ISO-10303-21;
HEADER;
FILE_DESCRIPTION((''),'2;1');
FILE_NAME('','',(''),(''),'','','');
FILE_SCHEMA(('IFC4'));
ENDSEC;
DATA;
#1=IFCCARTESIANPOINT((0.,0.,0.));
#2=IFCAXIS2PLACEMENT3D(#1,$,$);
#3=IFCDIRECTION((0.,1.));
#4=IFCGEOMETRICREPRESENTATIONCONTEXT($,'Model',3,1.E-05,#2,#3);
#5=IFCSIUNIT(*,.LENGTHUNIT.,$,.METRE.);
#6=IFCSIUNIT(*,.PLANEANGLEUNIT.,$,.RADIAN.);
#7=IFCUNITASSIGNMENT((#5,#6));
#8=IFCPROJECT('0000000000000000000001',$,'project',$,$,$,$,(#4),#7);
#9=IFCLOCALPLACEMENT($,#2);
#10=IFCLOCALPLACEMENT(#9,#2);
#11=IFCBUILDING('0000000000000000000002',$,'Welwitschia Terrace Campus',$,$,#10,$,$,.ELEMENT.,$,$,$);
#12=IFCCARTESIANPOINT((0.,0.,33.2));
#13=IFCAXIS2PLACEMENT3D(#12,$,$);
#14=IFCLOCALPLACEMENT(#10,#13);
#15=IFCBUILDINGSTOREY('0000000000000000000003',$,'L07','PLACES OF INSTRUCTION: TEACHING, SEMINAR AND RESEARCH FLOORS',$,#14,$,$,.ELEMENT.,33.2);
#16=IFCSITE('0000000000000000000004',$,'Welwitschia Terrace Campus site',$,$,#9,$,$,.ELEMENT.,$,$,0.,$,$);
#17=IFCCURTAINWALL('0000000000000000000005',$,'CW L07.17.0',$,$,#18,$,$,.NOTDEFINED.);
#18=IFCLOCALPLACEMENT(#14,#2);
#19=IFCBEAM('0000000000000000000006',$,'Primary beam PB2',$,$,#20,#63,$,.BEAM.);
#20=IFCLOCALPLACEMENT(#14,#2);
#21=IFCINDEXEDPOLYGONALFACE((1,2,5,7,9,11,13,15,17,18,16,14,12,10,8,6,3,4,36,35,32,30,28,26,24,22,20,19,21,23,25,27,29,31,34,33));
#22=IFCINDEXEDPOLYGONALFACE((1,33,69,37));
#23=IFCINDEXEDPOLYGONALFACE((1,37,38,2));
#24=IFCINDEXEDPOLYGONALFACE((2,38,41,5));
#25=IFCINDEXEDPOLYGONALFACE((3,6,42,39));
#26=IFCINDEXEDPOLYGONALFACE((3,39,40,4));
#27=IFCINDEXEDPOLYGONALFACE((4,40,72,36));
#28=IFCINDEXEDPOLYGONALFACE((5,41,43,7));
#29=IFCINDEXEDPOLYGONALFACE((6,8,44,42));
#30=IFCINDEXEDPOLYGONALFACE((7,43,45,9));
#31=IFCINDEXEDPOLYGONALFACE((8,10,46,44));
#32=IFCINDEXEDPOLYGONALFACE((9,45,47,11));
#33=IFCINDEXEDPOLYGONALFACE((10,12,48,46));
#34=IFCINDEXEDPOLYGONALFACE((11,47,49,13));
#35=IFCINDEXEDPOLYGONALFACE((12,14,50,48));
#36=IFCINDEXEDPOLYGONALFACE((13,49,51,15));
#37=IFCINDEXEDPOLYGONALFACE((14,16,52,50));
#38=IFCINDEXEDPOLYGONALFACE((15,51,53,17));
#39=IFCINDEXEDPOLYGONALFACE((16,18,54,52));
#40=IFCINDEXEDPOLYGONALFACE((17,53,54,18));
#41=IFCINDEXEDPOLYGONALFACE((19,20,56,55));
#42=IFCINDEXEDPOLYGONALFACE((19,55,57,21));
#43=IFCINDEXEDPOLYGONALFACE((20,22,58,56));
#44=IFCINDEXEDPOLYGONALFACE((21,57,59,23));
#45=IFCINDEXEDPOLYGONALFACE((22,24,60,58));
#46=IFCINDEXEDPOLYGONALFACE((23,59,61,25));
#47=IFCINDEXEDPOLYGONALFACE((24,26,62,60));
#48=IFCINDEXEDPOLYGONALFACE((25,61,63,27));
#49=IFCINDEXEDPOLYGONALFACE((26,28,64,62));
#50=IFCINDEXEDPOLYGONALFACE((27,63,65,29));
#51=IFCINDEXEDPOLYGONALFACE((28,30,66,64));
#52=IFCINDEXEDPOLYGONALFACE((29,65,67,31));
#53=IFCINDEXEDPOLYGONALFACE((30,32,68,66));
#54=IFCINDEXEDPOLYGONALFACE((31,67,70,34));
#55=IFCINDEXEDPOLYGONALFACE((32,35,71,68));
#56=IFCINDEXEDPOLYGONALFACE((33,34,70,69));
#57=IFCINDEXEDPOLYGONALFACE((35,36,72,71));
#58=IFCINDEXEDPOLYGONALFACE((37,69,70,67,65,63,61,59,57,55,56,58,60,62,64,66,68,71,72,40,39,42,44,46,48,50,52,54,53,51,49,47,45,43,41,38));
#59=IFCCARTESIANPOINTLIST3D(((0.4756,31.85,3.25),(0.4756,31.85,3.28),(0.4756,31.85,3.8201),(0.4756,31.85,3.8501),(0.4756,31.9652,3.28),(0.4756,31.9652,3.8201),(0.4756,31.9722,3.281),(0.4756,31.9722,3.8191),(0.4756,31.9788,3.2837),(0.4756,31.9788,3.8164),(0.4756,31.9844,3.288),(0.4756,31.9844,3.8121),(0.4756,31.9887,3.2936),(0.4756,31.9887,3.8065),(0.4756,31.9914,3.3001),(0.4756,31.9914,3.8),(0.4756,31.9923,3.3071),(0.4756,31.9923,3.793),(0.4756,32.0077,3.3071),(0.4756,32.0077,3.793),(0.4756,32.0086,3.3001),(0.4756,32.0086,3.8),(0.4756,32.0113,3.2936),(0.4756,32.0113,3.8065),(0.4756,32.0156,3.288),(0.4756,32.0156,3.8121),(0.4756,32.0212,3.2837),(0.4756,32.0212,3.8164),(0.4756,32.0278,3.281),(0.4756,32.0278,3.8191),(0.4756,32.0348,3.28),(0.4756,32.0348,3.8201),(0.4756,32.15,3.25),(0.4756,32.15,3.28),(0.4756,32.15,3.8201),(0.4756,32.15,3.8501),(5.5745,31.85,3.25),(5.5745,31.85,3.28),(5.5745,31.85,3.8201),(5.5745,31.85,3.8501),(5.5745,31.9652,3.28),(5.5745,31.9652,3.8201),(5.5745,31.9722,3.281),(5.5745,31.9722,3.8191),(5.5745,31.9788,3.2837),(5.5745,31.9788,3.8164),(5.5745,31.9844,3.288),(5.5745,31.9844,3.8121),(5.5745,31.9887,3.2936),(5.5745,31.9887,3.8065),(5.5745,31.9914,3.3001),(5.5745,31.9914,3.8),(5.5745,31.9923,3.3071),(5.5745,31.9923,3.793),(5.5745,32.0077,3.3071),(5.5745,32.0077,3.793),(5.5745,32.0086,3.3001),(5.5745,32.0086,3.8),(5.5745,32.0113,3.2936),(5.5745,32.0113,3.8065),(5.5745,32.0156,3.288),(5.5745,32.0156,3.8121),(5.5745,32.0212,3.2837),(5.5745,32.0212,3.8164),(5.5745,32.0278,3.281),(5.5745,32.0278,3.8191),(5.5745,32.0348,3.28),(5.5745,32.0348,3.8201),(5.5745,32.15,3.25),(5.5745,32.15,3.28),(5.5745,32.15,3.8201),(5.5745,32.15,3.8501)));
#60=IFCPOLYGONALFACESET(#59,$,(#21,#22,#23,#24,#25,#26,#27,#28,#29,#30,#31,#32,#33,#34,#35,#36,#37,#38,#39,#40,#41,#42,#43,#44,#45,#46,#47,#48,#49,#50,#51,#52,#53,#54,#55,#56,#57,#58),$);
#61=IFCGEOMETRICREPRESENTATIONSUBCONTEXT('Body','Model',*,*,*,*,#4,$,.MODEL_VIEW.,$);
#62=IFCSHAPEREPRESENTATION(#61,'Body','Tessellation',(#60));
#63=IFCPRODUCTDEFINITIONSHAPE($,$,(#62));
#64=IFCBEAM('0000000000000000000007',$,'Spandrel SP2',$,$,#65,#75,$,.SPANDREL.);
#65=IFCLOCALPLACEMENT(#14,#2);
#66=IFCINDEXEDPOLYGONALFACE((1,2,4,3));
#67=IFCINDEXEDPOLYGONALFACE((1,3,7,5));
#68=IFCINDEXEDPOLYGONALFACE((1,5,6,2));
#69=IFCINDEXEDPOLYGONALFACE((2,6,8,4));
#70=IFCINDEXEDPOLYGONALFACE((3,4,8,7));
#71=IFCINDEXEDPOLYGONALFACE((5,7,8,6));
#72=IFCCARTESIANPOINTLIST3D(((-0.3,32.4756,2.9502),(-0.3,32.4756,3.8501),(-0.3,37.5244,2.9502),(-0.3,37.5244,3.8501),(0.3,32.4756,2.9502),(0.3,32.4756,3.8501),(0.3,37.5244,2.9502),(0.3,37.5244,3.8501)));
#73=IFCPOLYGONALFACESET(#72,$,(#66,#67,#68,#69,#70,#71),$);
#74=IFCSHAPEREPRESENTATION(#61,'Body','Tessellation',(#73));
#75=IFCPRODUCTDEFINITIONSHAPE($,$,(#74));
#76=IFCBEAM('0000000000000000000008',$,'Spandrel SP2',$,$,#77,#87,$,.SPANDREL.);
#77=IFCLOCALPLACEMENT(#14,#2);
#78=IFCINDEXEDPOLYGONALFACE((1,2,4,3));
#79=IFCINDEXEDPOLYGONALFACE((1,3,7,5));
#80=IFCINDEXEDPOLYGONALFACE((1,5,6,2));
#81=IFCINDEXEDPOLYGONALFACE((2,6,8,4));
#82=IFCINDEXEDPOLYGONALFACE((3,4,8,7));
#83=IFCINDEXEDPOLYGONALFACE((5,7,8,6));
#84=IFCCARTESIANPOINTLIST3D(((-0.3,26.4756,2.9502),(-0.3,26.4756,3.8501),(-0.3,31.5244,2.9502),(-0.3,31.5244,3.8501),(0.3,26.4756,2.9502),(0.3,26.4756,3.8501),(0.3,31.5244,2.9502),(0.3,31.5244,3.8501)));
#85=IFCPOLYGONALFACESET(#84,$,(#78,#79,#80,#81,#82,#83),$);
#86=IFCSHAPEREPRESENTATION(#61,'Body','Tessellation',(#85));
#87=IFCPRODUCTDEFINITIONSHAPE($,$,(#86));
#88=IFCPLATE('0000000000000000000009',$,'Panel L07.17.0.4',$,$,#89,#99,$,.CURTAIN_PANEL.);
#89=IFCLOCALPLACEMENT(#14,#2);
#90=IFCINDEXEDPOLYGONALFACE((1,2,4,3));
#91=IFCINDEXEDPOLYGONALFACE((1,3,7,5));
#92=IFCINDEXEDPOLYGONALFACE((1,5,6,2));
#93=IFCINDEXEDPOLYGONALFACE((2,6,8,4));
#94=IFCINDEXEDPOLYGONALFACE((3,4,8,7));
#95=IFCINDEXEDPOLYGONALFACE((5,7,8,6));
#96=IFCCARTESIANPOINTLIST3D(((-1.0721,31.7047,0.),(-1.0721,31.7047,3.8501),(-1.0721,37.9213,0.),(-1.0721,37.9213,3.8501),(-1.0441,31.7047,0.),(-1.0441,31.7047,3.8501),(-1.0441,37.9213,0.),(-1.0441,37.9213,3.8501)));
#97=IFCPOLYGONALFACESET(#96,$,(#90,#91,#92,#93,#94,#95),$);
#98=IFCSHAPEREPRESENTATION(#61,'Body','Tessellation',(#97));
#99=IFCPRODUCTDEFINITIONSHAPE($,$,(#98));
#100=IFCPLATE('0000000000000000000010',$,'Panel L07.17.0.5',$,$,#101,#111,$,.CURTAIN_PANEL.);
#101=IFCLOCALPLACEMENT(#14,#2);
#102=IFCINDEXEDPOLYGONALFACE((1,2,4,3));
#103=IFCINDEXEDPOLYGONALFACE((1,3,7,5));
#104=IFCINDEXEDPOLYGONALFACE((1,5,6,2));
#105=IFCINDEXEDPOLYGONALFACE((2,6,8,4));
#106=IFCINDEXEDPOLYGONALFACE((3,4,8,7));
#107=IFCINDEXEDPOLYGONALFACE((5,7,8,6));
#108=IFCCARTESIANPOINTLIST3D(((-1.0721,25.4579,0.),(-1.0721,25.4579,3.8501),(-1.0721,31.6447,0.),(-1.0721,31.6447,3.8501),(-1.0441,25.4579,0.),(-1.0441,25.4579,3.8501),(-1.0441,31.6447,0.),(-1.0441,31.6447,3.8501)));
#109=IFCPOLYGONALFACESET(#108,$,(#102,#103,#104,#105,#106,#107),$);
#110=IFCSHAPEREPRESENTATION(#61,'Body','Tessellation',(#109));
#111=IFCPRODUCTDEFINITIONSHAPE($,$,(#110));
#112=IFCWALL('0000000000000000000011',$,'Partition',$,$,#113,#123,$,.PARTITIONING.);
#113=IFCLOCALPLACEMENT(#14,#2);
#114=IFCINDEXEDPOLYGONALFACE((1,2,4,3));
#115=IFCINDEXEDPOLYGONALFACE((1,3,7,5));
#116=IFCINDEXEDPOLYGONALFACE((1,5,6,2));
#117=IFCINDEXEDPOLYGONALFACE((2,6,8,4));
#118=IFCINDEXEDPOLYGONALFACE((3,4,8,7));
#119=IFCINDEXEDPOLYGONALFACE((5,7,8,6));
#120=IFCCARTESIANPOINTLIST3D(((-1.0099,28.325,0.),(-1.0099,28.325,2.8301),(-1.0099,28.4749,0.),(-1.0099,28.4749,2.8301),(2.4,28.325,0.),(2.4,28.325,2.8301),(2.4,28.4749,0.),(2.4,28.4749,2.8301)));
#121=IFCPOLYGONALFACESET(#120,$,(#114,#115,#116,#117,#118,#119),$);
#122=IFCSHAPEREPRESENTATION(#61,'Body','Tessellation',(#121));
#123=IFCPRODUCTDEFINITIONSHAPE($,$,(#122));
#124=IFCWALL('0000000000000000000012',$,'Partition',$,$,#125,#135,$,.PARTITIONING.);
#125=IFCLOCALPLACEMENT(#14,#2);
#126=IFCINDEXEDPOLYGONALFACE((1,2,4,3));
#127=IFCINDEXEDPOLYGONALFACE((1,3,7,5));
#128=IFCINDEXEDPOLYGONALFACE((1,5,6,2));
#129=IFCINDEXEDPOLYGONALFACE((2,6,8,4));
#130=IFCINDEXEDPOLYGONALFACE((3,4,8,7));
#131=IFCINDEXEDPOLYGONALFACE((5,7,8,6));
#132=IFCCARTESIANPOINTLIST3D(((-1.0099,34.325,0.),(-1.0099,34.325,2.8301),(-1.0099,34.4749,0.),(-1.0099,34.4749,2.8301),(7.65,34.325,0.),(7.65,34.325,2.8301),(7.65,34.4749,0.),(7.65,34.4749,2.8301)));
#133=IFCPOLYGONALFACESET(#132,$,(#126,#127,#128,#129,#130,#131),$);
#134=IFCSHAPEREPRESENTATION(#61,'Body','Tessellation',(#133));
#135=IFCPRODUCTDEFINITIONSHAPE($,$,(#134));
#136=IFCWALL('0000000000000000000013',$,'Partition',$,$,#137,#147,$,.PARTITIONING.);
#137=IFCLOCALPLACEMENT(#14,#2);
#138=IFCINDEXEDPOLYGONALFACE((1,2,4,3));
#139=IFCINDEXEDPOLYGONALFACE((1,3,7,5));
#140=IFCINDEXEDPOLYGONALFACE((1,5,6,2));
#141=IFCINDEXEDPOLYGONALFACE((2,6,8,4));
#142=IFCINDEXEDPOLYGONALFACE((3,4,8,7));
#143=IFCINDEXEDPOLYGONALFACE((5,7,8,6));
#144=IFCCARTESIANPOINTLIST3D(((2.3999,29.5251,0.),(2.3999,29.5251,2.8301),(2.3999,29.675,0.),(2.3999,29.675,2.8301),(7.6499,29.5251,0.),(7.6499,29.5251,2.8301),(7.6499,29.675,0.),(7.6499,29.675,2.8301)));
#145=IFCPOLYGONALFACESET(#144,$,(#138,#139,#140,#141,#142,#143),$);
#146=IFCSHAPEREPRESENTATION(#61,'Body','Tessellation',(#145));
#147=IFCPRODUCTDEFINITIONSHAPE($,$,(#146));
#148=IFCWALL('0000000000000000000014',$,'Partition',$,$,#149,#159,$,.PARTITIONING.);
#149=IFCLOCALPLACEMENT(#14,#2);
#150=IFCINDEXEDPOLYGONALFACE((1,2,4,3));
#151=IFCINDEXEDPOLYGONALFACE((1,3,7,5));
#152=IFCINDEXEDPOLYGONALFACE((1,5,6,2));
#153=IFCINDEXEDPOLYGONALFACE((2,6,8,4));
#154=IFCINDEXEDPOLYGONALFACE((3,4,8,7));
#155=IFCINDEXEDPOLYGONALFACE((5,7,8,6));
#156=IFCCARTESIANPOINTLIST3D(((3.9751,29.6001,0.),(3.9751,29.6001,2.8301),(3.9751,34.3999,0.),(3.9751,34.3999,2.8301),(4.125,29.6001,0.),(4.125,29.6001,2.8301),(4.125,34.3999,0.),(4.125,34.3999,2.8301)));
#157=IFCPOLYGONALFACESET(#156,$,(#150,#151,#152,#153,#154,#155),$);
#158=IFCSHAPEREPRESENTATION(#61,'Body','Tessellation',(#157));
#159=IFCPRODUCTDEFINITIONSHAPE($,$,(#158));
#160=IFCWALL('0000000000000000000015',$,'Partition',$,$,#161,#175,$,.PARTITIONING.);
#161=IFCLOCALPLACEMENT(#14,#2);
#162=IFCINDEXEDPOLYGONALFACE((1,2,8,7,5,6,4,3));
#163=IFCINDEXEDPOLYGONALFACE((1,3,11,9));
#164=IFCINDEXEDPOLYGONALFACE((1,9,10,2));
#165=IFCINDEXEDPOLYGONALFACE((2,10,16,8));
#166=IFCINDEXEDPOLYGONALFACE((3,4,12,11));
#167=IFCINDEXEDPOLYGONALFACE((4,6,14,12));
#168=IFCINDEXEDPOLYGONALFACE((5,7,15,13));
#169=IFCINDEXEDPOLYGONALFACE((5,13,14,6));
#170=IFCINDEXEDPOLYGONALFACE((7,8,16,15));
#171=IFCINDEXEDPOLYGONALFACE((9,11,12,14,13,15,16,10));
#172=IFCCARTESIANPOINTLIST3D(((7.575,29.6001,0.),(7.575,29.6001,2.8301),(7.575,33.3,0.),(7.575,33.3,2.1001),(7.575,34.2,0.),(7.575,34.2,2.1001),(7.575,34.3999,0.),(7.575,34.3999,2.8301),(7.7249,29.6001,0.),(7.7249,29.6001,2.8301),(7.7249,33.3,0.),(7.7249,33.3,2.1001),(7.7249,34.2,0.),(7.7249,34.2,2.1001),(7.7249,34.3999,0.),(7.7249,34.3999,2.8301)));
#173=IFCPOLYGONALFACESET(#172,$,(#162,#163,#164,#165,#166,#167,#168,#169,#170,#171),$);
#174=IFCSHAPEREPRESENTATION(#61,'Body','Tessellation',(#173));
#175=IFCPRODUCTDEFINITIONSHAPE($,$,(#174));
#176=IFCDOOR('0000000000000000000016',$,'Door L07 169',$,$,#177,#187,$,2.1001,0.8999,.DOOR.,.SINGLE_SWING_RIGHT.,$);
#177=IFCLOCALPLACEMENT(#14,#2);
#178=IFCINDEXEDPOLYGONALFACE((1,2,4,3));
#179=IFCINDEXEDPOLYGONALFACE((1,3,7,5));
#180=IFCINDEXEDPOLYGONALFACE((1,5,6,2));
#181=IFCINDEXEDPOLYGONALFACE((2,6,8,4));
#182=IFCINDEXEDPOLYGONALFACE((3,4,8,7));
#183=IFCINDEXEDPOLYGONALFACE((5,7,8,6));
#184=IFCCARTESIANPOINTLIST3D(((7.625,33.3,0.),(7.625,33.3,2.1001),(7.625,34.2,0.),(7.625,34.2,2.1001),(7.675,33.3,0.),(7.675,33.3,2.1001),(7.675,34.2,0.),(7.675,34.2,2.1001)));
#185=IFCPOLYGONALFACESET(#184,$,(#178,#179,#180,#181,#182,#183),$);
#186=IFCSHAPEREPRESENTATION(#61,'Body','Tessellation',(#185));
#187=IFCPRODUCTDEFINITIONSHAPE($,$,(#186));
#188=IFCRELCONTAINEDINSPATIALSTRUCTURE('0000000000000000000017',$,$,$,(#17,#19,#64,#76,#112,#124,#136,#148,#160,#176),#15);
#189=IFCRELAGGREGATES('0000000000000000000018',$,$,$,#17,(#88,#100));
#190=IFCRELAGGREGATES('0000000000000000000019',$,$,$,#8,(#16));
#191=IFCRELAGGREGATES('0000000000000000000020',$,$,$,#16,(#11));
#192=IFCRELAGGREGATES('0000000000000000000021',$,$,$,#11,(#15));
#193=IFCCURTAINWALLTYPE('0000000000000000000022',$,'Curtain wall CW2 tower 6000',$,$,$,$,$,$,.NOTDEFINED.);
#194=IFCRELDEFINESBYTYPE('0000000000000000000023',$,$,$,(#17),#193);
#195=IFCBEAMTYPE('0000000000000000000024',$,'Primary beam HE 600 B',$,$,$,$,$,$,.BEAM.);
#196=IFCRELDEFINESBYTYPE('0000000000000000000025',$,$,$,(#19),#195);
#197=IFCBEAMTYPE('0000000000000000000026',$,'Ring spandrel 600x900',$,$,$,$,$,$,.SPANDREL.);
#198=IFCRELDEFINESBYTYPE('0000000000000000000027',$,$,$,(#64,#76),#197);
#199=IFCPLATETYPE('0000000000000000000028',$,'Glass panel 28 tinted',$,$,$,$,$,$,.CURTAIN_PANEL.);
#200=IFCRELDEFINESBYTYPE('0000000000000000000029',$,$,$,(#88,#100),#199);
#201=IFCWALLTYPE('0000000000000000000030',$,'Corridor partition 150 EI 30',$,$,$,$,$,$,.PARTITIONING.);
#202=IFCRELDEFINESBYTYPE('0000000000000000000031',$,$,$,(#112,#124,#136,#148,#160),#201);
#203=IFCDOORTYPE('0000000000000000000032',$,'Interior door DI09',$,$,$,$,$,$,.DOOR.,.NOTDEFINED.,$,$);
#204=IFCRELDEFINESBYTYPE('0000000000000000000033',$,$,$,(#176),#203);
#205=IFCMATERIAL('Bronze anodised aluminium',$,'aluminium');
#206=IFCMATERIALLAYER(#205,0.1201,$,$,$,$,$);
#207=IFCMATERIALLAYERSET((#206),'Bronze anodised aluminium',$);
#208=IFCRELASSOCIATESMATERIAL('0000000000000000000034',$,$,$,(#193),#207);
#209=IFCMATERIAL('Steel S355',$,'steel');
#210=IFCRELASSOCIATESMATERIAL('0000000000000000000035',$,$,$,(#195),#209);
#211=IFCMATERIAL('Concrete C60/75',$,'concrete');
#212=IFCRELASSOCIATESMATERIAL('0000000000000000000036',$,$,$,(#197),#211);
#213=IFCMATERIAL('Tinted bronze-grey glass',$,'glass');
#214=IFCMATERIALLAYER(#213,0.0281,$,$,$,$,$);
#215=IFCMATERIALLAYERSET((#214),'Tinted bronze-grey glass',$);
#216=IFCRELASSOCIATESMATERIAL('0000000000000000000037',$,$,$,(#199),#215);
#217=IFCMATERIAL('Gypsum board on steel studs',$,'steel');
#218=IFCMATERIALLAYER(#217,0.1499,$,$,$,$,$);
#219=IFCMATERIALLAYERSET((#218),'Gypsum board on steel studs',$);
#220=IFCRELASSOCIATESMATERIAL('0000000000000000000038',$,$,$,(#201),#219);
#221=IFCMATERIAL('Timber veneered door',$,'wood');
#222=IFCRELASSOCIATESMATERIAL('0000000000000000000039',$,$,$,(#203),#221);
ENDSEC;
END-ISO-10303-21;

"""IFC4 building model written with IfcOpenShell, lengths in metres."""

from ifc_helpers import new_model, si_unit, direction, frame, frame_2d, origin, origin_2d, place, context, subcontext, project, spatial, rectangle, i_section, extrude, material, layer, layer_set, material_profile, profile_set, type_object, element, fill, aggregate, save


model = new_model("IFC4")

# Units and contexts
model_context = context("Model", 3, precision=1e-05, world=origin(), true_north=direction((0.0, 1.0)))
body_context = subcontext(model_context, "Body", "Model", "MODEL_VIEW")
ifc_project = project(units=[si_unit("LENGTHUNIT", "METRE"), si_unit("PLANEANGLEUNIT", "RADIAN")], contexts=[model_context])

# Site, building, storey
site_placement = place(None, origin())
site = spatial("IfcSite", under=ifc_project, at=site_placement, Name="Welwitschia Terrace Campus site", CompositionType="ELEMENT", RefElevation=0.0)
building_placement = place(site_placement, origin())
building = spatial("IfcBuilding", under=site, at=building_placement, Name="Welwitschia Terrace Campus", CompositionType="ELEMENT")
storey_placement = place(building_placement, frame((0.0, 0.0, 33.2)))
storey = spatial("IfcBuildingStorey", under=building, at=storey_placement, Name="L07", Description="PLACES OF INSTRUCTION: TEACHING, SEMINAR AND RESEARCH FLOORS", CompositionType="ELEMENT", Elevation=33.2)

# Curtain wall
ifc_material_1 = material(Name="Bronze anodised aluminium", Category="aluminium")
ifc_layer_1 = layer(ifc_material_1, 0.1201)
ifc_layer_set_1 = layer_set([ifc_layer_1], Name="Bronze anodised aluminium")
curtain_wall_type = type_object("IfcCurtainWallType", Name="Curtain wall CW2 tower 6000", PredefinedType="NOTDEFINED", material=ifc_layer_set_1)
curtain_wall_placement = place(storey_placement, origin())
curtain_wall = element("IfcCurtainWall", 1, at=curtain_wall_placement, inside=storey, type_object=curtain_wall_type, Name="CW L07.17.0", PredefinedType="NOTDEFINED")

# Beams
ifc_material_2 = material(Name="Steel S355", Category="steel")
ifc_material_profile_1 = material_profile(ifc_material_2, i_section(OverallWidth=0.3, OverallDepth=0.6001, WebThickness=0.0154, FlangeThickness=0.03, FilletRadius=0.0271, at=origin_2d()))
ifc_profile_set_1 = profile_set([ifc_material_profile_1], Name="Steel S355")
beam_type_1 = type_object("IfcBeamType", Name="Primary beam HE 600 B", PredefinedType="BEAM", material=ifc_profile_set_1)
beam_1_placement = place(storey_placement, frame((0.4756, 32.0, 3.55), z_axis=(1.0, 0.0, 0.0), x_axis=(0.0, 1.0, 0.0)))
element("IfcBeam", 2, at=beam_1_placement, inside=storey, type_object=beam_type_1, Name="Primary beam PB2", PredefinedType="BEAM", context=body_context, shape_type="SweptSolid", body=[
    extrude(i_section(OverallWidth=0.3, OverallDepth=0.6001, WebThickness=0.0154, FlangeThickness=0.03, FilletRadius=0.0271, at=origin_2d()), origin(), (0.0, 0.0, 1.0), 5.0989),
])
ifc_material_3 = material(Name="Concrete C60/75", Category="concrete")
ifc_material_profile_2 = material_profile(ifc_material_3, rectangle(XDim=0.6001, YDim=0.8999, at=origin_2d()))
ifc_profile_set_2 = profile_set([ifc_material_profile_2], Name="Concrete C60/75")
beam_type_2 = type_object("IfcBeamType", Name="Ring spandrel 600x900", PredefinedType="SPANDREL", material=ifc_profile_set_2)
for number, where, z_axis, x_axis, name in (
    (3, (0.0, 37.5244, 3.4001), (0.0, -1.0, 0.0), (1.0, 0.0, 0.0), "Spandrel SP2"),
    (4, (0.0, 31.5244, 3.4001), (0.0, -1.0, 0.0), (1.0, 0.0, 0.0), "Spandrel SP2"),
):
    element("IfcBeam", number, at=place(storey_placement, frame(where, z_axis=z_axis, x_axis=x_axis)), inside=storey, type_object=beam_type_2, Name=name, PredefinedType="SPANDREL", context=body_context, shape_type="SweptSolid", body=[
        extrude(rectangle(XDim=0.6001, YDim=0.8999, at=origin_2d()), origin(), (0.0, 0.0, 1.0), 5.0488),
    ])

# Plates
ifc_material_4 = material(Name="Tinted bronze-grey glass", Category="glass")
ifc_layer_2 = layer(ifc_material_4, 0.0281)
ifc_layer_set_2 = layer_set([ifc_layer_2], Name="Tinted bronze-grey glass")
plate_type = type_object("IfcPlateType", Name="Glass panel 28 tinted", PredefinedType="CURTAIN_PANEL", material=ifc_layer_set_2)
plate_1_placement = place(storey_placement, frame((-1.0581, 34.813, 0.0), z_axis=(0.0, 0.0, 1.0), x_axis=(0.0, -1.0, 0.0)))
plate_1 = element("IfcPlate", 5, at=plate_1_placement, type_object=plate_type, Name="Panel L07.17.0.4", PredefinedType="CURTAIN_PANEL", context=body_context, shape_type="SweptSolid", body=[
    extrude(rectangle(XDim=6.2166, YDim=0.0281, at=origin_2d()), origin(), (0.0, 0.0, 1.0), 3.8501),
])
plate_2_placement = place(storey_placement, frame((-1.0581, 28.5513, 0.0), z_axis=(0.0, 0.0, 1.0), x_axis=(0.0, -1.0, 0.0)))
plate_2 = element("IfcPlate", 6, at=plate_2_placement, type_object=plate_type, Name="Panel L07.17.0.5", PredefinedType="CURTAIN_PANEL", context=body_context, shape_type="SweptSolid", body=[
    extrude(rectangle(XDim=6.1868, YDim=0.0281, at=origin_2d()), origin(), (0.0, 0.0, 1.0), 3.8501),
])
aggregate(curtain_wall, [plate_1, plate_2])

# Walls
ifc_material_5 = material(Name="Gypsum board on steel studs", Category="steel")
ifc_layer_3 = layer(ifc_material_5, 0.1499)
ifc_layer_set_3 = layer_set([ifc_layer_3], Name="Gypsum board on steel studs")
wall_type = type_object("IfcWallType", Name="Corridor partition 150 EI 30", PredefinedType="PARTITIONING", material=ifc_layer_set_3)
wall_1_placement = place(storey_placement, frame((-1.01, 28.3999, 0.0), z_axis=(0.0, 0.0, 1.0), x_axis=(1.0, 0.0, 0.0)))
element("IfcWall", 7, at=wall_1_placement, inside=storey, type_object=wall_type, Name="Partition", PredefinedType="PARTITIONING", context=body_context, shape_type="SweptSolid", body=[
    extrude(rectangle(XDim=3.4099, YDim=0.1499, at=frame_2d((1.7051, 0.0))), origin(), (0.0, 0.0, 1.0), 2.8301),
])
wall_2_placement = place(storey_placement, frame((-1.01, 34.3999, 0.0), z_axis=(0.0, 0.0, 1.0), x_axis=(1.0, 0.0, 0.0)))
element("IfcWall", 8, at=wall_2_placement, inside=storey, type_object=wall_type, Name="Partition", PredefinedType="PARTITIONING", context=body_context, shape_type="SweptSolid", body=[
    extrude(rectangle(XDim=8.6599, YDim=0.1499, at=frame_2d((4.3301, 0.0))), origin(), (0.0, 0.0, 1.0), 2.8301),
])
wall_3_placement = place(storey_placement, frame((2.3999, 29.6001, 0.0), z_axis=(0.0, 0.0, 1.0), x_axis=(1.0, 0.0, 0.0)))
element("IfcWall", 9, at=wall_3_placement, inside=storey, type_object=wall_type, Name="Partition", PredefinedType="PARTITIONING", context=body_context, shape_type="SweptSolid", body=[
    extrude(rectangle(XDim=5.25, YDim=0.1499, at=frame_2d((2.625, 0.0))), origin(), (0.0, 0.0, 1.0), 2.8301),
])
wall_4_placement = place(storey_placement, frame((4.05, 29.6001, 0.0), z_axis=(0.0, 0.0, 1.0), x_axis=(0.0, 1.0, 0.0)))
element("IfcWall", 10, at=wall_4_placement, inside=storey, type_object=wall_type, Name="Partition", PredefinedType="PARTITIONING", context=body_context, shape_type="SweptSolid", body=[
    extrude(rectangle(XDim=4.7998, YDim=0.1499, at=frame_2d((2.3999, 0.0))), origin(), (0.0, 0.0, 1.0), 2.8301),
])

# Wall, opening, door
wall_5_placement = place(storey_placement, frame((7.6499, 29.6001, 0.0), z_axis=(0.0, 0.0, 1.0), x_axis=(0.0, 1.0, 0.0)))
wall_5 = element("IfcWall", 11, at=wall_5_placement, inside=storey, type_object=wall_type, Name="Partition", PredefinedType="PARTITIONING", context=body_context, shape_type="SweptSolid", body=[
    extrude(rectangle(XDim=4.7998, YDim=0.1499, at=frame_2d((2.3999, 0.0))), origin(), (0.0, 0.0, 1.0), 2.8301),
])
opening_1_placement = place(wall_5_placement, frame((3.7, 0.0, 0.0)))
opening_1 = element("IfcOpeningElement", 12, at=opening_1_placement, cuts=wall_5, PredefinedType="OPENING", context=body_context, shape_type="SweptSolid", body=[
    extrude(rectangle(XDim=0.8999, YDim=2.1001, at=frame_2d((0.45, 1.05))), frame((0.0, 0.085, 0.0), z_axis=(0.0, -1.0, 0.0), x_axis=(1.0, 0.0, 0.0)), (0.0, 0.0, 1.0), 0.1699),
])
ifc_material_6 = material(Name="Timber veneered door", Category="wood")
door_type_1 = type_object("IfcDoorType", Name="Interior door DI09", OperationType="NOTDEFINED", PredefinedType="DOOR", material=ifc_material_6)
door_1_placement = place(opening_1_placement, origin())
door_1 = element("IfcDoor", 13, at=door_1_placement, inside=storey, type_object=door_type_1, Name="Door L07 169", OperationType="SINGLE_SWING_RIGHT", OverallHeight=2.1001, OverallWidth=0.8999, PredefinedType="DOOR", context=body_context, shape_type="SweptSolid", body=[
    extrude(rectangle(XDim=0.8999, YDim=2.1001, at=frame_2d((0.45, 1.05))), frame((0.0, 0.0249, 0.0), z_axis=(0.0, -1.0, 0.0), x_axis=(1.0, 0.0, 0.0)), (0.0, 0.0, 1.0), 0.05),
])
fill(opening_1, door_1)

save(model, "model.ifc")
